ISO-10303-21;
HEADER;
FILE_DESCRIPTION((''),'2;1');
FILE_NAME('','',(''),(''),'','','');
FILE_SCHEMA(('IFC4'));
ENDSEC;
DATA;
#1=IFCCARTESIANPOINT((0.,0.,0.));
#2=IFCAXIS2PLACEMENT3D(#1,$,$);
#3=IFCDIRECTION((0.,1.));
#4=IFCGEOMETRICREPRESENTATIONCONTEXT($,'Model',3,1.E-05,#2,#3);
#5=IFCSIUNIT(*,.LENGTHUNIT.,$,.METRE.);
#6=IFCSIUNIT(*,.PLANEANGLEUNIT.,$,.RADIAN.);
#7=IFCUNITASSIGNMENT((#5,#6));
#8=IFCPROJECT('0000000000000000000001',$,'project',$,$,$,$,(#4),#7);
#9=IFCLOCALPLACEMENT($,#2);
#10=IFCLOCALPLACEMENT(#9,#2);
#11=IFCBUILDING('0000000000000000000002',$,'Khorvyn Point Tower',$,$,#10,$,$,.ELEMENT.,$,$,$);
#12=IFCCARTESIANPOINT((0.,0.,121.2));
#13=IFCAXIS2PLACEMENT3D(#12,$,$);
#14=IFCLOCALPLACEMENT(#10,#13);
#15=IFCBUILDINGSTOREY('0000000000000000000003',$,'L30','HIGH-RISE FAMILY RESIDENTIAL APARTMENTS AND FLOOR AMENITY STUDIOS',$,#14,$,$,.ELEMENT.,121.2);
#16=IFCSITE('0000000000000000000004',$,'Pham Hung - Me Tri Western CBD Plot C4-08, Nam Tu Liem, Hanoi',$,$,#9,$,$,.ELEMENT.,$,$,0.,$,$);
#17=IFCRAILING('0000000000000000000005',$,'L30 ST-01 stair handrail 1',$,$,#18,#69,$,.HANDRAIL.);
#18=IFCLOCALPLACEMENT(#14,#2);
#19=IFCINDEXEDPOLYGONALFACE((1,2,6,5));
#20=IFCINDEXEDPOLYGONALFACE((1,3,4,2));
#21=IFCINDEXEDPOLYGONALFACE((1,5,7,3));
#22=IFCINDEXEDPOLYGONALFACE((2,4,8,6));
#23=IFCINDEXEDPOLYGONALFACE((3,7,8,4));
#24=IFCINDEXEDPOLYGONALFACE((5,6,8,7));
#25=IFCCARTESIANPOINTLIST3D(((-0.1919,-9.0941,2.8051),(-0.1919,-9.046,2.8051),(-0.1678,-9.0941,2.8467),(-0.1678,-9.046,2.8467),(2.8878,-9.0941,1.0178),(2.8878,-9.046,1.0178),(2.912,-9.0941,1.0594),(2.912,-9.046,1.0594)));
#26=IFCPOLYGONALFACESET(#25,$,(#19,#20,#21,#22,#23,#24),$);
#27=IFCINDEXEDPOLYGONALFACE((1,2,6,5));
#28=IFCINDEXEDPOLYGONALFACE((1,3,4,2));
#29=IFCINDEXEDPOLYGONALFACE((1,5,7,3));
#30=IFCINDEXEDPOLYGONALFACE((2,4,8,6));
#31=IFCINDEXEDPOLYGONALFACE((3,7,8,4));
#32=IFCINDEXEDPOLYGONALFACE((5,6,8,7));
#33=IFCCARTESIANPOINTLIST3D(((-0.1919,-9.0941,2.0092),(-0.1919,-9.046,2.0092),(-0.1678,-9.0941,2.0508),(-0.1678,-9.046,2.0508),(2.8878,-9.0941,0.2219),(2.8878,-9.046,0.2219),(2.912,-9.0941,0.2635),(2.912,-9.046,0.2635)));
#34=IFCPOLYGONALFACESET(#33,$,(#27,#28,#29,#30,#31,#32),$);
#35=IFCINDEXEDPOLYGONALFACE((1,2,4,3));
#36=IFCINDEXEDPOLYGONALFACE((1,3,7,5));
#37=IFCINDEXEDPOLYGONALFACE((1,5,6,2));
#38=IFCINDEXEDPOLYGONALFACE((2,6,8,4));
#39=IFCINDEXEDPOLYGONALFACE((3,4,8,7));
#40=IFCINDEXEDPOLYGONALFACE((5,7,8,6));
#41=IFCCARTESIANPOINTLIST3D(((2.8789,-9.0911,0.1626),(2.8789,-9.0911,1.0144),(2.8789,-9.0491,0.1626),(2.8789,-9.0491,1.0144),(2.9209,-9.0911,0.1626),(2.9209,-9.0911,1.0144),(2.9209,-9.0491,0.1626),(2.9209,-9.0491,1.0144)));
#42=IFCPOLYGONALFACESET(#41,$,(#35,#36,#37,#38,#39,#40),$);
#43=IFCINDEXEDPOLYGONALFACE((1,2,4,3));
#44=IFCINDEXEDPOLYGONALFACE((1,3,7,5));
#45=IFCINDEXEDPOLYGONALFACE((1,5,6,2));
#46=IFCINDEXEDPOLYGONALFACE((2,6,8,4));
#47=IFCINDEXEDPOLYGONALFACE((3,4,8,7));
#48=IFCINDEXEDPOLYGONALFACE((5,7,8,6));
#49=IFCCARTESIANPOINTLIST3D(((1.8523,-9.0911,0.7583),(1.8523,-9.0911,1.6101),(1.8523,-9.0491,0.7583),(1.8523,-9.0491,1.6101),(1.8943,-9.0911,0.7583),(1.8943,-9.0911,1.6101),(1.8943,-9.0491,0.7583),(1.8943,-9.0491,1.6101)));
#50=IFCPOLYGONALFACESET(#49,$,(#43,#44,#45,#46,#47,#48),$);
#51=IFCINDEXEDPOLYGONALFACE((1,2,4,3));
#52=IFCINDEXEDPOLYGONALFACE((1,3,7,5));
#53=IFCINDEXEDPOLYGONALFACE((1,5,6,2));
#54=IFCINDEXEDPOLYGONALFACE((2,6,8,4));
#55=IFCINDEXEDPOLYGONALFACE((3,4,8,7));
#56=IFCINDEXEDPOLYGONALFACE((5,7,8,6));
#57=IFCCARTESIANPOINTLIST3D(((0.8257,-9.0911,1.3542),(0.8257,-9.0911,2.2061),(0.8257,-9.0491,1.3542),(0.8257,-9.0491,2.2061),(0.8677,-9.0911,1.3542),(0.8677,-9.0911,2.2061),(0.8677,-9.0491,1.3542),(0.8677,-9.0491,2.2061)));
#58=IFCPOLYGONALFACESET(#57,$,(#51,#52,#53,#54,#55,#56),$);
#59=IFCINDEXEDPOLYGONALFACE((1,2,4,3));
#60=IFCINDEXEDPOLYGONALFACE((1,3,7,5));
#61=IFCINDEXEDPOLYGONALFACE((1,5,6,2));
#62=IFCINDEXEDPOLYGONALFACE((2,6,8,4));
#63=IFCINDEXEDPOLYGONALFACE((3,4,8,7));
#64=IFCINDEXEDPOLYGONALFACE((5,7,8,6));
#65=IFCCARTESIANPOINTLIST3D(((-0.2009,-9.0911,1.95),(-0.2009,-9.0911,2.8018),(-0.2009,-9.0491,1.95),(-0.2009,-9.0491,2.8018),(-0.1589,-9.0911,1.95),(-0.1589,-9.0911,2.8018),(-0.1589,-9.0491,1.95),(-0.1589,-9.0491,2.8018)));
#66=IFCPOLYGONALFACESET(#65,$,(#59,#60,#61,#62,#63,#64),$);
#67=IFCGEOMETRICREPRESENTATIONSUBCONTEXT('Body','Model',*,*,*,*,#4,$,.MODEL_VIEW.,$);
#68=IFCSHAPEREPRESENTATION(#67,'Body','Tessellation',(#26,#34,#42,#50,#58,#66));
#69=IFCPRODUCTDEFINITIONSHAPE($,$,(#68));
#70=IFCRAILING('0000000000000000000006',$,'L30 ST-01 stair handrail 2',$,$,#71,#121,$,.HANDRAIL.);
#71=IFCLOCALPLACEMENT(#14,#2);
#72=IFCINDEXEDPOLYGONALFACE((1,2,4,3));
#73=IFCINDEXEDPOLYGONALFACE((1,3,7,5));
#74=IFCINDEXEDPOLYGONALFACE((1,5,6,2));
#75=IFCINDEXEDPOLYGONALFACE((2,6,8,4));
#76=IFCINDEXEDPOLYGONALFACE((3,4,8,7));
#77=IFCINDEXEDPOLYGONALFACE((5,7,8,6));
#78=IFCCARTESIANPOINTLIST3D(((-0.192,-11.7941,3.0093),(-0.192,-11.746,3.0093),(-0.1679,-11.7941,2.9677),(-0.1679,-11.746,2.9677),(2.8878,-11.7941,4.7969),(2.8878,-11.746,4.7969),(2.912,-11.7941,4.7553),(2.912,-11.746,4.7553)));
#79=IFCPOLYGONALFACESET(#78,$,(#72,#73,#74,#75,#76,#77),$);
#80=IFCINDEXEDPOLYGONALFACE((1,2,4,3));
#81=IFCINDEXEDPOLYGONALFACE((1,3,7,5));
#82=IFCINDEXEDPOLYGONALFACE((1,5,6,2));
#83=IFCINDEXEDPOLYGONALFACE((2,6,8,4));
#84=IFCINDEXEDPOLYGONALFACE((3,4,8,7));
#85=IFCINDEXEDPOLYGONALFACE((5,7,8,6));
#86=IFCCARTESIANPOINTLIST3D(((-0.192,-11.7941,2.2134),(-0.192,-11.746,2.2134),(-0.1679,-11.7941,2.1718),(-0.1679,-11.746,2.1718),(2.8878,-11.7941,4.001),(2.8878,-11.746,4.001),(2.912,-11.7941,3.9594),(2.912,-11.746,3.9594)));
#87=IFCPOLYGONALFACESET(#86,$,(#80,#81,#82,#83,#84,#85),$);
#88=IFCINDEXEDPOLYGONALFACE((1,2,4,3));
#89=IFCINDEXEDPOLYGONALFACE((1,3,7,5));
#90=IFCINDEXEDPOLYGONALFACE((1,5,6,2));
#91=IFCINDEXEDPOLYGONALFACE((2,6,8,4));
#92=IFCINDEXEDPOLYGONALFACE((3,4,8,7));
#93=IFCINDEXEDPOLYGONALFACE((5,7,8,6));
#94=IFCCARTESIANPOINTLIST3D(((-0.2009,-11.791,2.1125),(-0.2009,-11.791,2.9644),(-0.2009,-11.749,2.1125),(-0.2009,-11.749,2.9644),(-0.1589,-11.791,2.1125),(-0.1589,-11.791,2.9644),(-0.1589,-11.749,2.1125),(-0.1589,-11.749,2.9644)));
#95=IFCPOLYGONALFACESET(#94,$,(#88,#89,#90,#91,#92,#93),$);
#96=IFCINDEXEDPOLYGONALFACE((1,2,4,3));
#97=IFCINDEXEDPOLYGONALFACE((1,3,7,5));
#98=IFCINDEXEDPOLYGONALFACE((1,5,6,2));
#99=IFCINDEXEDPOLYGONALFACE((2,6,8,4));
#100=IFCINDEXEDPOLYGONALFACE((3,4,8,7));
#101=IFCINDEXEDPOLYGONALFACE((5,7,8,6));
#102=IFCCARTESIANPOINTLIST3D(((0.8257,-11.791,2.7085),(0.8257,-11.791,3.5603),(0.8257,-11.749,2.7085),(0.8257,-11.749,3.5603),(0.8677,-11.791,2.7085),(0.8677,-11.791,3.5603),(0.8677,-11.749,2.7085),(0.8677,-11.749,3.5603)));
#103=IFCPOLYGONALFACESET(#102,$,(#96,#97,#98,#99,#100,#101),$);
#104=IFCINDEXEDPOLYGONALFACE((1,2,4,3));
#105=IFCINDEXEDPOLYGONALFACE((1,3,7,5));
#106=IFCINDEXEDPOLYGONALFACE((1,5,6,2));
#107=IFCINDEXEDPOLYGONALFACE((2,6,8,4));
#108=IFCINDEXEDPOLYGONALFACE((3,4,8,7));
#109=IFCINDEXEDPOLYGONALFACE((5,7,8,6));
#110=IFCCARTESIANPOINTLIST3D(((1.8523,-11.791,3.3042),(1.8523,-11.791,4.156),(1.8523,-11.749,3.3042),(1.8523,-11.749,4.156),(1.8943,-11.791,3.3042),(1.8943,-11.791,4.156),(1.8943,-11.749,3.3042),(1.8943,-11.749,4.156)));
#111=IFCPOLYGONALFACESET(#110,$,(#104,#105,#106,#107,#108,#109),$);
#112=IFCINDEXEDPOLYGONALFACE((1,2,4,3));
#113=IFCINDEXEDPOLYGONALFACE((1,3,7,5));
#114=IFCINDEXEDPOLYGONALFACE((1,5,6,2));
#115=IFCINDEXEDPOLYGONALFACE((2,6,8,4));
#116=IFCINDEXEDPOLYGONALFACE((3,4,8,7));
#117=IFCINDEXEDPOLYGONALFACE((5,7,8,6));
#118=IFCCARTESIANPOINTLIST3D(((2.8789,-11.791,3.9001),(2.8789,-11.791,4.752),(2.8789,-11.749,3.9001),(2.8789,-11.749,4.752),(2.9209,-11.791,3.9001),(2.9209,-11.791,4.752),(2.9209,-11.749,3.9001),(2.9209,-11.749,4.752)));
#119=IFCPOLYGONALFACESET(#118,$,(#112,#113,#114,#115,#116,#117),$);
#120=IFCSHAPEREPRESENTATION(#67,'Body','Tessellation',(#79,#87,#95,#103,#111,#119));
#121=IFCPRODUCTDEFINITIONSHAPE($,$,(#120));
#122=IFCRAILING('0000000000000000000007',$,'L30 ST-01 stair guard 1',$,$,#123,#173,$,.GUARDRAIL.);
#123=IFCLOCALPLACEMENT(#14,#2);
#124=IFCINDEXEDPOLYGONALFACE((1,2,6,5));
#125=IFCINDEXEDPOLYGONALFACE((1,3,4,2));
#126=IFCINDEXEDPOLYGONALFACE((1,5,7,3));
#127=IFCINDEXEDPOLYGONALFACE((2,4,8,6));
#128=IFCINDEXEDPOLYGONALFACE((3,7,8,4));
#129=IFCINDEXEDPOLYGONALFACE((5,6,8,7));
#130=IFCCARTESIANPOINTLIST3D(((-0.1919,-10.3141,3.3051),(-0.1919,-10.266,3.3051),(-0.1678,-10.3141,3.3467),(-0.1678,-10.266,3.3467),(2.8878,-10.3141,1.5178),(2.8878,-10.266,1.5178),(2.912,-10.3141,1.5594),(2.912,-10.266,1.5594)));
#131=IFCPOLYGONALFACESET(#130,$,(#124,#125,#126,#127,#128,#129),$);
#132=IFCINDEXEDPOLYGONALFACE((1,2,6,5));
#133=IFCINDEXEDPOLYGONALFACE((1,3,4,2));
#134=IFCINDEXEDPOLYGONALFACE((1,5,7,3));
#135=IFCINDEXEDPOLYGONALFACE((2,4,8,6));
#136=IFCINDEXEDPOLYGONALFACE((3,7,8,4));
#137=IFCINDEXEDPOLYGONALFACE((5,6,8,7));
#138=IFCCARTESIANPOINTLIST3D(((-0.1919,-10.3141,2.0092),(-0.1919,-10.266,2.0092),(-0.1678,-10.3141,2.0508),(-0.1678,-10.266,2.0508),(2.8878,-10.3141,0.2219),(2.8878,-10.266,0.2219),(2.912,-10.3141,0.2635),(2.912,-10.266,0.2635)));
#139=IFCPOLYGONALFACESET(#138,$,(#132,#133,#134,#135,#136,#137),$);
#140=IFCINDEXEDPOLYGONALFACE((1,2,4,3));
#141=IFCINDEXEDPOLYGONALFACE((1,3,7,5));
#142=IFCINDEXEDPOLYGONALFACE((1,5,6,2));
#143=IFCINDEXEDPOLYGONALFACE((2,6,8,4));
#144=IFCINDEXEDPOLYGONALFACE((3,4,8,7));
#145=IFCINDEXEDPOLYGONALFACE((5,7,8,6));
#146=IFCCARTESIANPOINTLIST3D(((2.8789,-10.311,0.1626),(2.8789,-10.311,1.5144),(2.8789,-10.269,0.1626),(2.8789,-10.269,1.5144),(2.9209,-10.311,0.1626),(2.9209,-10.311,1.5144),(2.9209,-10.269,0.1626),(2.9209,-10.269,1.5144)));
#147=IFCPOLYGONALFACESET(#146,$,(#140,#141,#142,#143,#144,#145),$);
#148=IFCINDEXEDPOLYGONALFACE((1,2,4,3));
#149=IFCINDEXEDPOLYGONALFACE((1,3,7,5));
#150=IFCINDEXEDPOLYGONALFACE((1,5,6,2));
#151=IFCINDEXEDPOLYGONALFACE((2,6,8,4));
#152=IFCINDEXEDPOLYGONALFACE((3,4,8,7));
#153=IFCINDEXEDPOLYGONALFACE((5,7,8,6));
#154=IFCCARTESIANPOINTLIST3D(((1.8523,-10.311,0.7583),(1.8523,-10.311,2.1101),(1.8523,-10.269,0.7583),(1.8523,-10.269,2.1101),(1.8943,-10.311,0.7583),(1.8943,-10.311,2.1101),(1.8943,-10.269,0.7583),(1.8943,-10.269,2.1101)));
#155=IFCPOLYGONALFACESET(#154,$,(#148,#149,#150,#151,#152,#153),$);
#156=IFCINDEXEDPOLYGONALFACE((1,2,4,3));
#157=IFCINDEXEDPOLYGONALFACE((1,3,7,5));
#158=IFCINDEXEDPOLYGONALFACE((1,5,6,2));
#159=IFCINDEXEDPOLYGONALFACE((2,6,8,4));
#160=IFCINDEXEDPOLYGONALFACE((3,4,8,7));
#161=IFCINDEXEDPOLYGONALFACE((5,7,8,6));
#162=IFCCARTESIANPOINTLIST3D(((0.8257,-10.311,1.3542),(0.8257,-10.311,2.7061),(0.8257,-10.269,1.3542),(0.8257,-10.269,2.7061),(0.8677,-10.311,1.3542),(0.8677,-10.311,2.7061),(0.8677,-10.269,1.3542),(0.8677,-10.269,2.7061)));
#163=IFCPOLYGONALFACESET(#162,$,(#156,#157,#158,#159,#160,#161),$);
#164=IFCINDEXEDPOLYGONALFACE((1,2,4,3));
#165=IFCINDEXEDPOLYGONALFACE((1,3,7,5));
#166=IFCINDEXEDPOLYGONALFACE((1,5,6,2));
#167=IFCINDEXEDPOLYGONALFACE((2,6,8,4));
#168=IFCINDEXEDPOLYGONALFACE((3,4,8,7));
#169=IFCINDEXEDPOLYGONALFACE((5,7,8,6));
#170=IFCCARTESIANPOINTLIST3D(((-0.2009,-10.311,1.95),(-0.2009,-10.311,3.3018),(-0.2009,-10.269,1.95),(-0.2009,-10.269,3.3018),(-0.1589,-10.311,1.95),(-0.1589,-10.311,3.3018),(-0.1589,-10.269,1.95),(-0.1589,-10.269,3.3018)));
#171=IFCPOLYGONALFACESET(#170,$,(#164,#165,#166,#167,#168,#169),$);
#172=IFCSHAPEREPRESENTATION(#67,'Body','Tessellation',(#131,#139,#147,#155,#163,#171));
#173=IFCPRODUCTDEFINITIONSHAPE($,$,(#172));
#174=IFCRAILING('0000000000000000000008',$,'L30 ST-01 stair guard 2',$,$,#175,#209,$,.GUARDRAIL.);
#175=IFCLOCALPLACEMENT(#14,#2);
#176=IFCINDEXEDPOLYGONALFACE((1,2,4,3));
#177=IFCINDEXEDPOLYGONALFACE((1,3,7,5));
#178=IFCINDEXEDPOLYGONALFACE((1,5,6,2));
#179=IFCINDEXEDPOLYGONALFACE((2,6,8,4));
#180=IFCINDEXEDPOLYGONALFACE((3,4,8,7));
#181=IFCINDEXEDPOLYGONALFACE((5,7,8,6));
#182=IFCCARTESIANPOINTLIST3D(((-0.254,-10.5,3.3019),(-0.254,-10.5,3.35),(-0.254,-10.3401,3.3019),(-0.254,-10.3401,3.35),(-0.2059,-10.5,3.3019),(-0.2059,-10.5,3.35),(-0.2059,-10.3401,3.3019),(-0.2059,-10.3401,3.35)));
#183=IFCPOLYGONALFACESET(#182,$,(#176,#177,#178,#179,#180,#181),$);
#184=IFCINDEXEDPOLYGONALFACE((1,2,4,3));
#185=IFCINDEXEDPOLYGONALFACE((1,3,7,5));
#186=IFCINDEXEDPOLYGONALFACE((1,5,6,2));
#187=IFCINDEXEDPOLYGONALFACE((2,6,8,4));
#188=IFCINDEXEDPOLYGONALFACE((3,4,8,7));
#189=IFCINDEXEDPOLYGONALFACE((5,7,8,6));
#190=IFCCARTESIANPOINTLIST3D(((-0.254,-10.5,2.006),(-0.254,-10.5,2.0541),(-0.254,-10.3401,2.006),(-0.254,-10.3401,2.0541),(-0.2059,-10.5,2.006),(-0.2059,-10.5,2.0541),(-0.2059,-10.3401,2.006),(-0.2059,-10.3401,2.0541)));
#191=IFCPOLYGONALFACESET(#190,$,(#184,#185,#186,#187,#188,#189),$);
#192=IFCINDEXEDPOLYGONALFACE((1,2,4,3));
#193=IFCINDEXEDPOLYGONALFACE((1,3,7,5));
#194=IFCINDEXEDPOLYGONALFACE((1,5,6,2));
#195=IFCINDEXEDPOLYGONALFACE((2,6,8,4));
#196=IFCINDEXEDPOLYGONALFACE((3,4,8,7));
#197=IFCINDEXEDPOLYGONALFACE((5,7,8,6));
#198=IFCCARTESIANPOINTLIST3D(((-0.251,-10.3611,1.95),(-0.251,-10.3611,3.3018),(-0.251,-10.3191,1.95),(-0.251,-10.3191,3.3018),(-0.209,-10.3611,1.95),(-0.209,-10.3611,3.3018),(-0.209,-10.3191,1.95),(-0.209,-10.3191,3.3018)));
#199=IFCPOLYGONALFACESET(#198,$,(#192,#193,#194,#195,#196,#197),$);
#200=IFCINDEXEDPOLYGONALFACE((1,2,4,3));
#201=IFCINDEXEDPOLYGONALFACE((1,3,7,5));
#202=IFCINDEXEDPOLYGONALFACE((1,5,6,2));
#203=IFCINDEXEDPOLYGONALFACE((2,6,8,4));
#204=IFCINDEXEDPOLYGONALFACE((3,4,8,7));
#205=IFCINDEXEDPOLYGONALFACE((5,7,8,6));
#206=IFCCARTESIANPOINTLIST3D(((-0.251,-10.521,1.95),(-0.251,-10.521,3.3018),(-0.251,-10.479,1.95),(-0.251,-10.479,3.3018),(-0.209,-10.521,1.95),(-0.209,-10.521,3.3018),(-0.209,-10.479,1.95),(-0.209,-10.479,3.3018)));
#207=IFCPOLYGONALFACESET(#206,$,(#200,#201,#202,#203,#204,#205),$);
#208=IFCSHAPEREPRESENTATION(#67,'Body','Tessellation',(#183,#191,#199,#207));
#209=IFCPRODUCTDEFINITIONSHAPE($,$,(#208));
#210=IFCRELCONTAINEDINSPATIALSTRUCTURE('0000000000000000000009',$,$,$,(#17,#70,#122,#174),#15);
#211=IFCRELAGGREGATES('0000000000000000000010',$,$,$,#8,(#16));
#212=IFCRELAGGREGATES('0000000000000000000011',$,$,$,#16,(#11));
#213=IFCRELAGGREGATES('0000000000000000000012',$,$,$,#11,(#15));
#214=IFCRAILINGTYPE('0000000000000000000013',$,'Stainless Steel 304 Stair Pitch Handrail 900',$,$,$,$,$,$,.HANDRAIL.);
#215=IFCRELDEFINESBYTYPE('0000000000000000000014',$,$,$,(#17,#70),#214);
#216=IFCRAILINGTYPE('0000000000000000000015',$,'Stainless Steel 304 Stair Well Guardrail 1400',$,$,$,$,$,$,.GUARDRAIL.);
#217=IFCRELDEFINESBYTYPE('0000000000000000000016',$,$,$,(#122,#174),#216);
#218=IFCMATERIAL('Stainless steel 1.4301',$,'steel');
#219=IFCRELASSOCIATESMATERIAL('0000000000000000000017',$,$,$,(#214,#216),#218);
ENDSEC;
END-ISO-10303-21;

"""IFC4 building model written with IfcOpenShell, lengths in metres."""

from ifc_helpers import new_model, si_unit, direction, frame, origin, origin_2d, place, context, subcontext, project, spatial, rectangle, extrude, material, type_object, element, save


model = new_model("IFC4")

# Units and contexts
model_context = context("Model", 3, precision=1e-05, world=origin(), true_north=direction((0.0, 1.0)))
body_context = subcontext(model_context, "Body", "Model", "MODEL_VIEW")
ifc_project = project(units=[si_unit("LENGTHUNIT", "METRE"), si_unit("PLANEANGLEUNIT", "RADIAN")], contexts=[model_context])

# Site, building, storey
site_placement = place(None, origin())
site = spatial("IfcSite", under=ifc_project, at=site_placement, Name="Pham Hung - Me Tri Western CBD Plot C4-08, Nam Tu Liem, Hanoi", CompositionType="ELEMENT", RefElevation=0.0)
building_placement = place(site_placement, origin())
building = spatial("IfcBuilding", under=site, at=building_placement, Name="Khorvyn Point Tower", CompositionType="ELEMENT")
storey_placement = place(building_placement, frame((0.0, 0.0, 121.2)))
storey = spatial("IfcBuildingStorey", under=building, at=storey_placement, Name="L30", Description="HIGH-RISE FAMILY RESIDENTIAL APARTMENTS AND FLOOR AMENITY STUDIOS", CompositionType="ELEMENT", Elevation=121.2)

# Railings
ifc_material_1 = material(Name="Stainless steel 1.4301", Category="steel")
railing_type_1 = type_object("IfcRailingType", Name="Stainless Steel 304 Stair Pitch Handrail 900", PredefinedType="HANDRAIL", material=ifc_material_1)
railing_1_placement = place(storey_placement, frame((2.8999, -9.0701, 0.1626)))
element("IfcRailing", 1, at=railing_1_placement, inside=storey, type_object=railing_type_1, Name="L30 ST-01 stair handrail 1", PredefinedType="HANDRAIL", context=body_context, shape_type="SweptSolid", body=[
    extrude(rectangle(XDim=0.0481, YDim=0.0481, at=origin_2d()), frame((0.0, 0.0, 0.876), z_axis=(-0.864903, 0.0, 0.501939), x_axis=(0.0, -1.0, 0.0)), (0.0, 0.0, 1.0), 3.5608),
    extrude(rectangle(XDim=0.0481, YDim=0.0481, at=origin_2d()), frame((0.0, 0.0, 0.0801), z_axis=(-0.864903, 0.0, 0.501939), x_axis=(0.0, -1.0, 0.0)), (0.0, 0.0, 1.0), 3.5608),
    extrude(rectangle(XDim=0.042, YDim=0.042, at=origin_2d()), origin(), (0.0, 0.0, 1.0), 0.8518),
    extrude(rectangle(XDim=0.042, YDim=0.042, at=origin_2d()), frame((-1.0266, 0.0, 0.5957)), (0.0, 0.0, 1.0), 0.8518),
    extrude(rectangle(XDim=0.042, YDim=0.042, at=origin_2d()), frame((-2.0532, 0.0, 1.1917)), (0.0, 0.0, 1.0), 0.8518),
    extrude(rectangle(XDim=0.042, YDim=0.042, at=origin_2d()), frame((-3.0798, 0.0, 1.7874)), (0.0, 0.0, 1.0), 0.8518),
])
railing_2_placement = place(storey_placement, frame((-0.1799, -11.77, 2.1125)))
element("IfcRailing", 2, at=railing_2_placement, inside=storey, type_object=railing_type_1, Name="L30 ST-01 stair handrail 2", PredefinedType="HANDRAIL", context=body_context, shape_type="SweptSolid", body=[
    extrude(rectangle(XDim=0.0481, YDim=0.0481, at=origin_2d()), frame((0.0, 0.0, 0.876), z_axis=(0.864873, 0.0, 0.50199), x_axis=(0.0, 1.0, 0.0)), (0.0, 0.0, 1.0), 3.561),
    extrude(rectangle(XDim=0.0481, YDim=0.0481, at=origin_2d()), frame((0.0, 0.0, 0.0801), z_axis=(0.864873, 0.0, 0.50199), x_axis=(0.0, 1.0, 0.0)), (0.0, 0.0, 1.0), 3.561),
    extrude(rectangle(XDim=0.042, YDim=0.042, at=origin_2d()), origin(), (0.0, 0.0, 1.0), 0.8518),
    extrude(rectangle(XDim=0.042, YDim=0.042, at=origin_2d()), frame((1.0266, 0.0, 0.5959)), (0.0, 0.0, 1.0), 0.8518),
    extrude(rectangle(XDim=0.042, YDim=0.042, at=origin_2d()), frame((2.0532, 0.0, 1.1917)), (0.0, 0.0, 1.0), 0.8518),
    extrude(rectangle(XDim=0.042, YDim=0.042, at=origin_2d()), frame((3.0798, 0.0, 1.7876)), (0.0, 0.0, 1.0), 0.8518),
])
railing_type_2 = type_object("IfcRailingType", Name="Stainless Steel 304 Stair Well Guardrail 1400", PredefinedType="GUARDRAIL", material=ifc_material_1)
railing_3_placement = place(storey_placement, frame((2.8999, -10.29, 0.1626)))
element("IfcRailing", 3, at=railing_3_placement, inside=storey, type_object=railing_type_2, Name="L30 ST-01 stair guard 1", PredefinedType="GUARDRAIL", context=body_context, shape_type="SweptSolid", body=[
    extrude(rectangle(XDim=0.0481, YDim=0.0481, at=origin_2d()), frame((0.0, 0.0, 1.376), z_axis=(-0.864903, 0.0, 0.501939), x_axis=(0.0, -1.0, 0.0)), (0.0, 0.0, 1.0), 3.5608),
    extrude(rectangle(XDim=0.0481, YDim=0.0481, at=origin_2d()), frame((0.0, 0.0, 0.0801), z_axis=(-0.864903, 0.0, 0.501939), x_axis=(0.0, -1.0, 0.0)), (0.0, 0.0, 1.0), 3.5608),
    extrude(rectangle(XDim=0.042, YDim=0.042, at=origin_2d()), origin(), (0.0, 0.0, 1.0), 1.3518),
    extrude(rectangle(XDim=0.042, YDim=0.042, at=origin_2d()), frame((-1.0266, 0.0, 0.5957)), (0.0, 0.0, 1.0), 1.3518),
    extrude(rectangle(XDim=0.042, YDim=0.042, at=origin_2d()), frame((-2.0532, 0.0, 1.1917)), (0.0, 0.0, 1.0), 1.3518),
    extrude(rectangle(XDim=0.042, YDim=0.042, at=origin_2d()), frame((-3.0798, 0.0, 1.7874)), (0.0, 0.0, 1.0), 1.3518),
])
railing_4_placement = place(storey_placement, frame((-0.23, -10.3401, 1.95)))
element("IfcRailing", 4, at=railing_4_placement, inside=storey, type_object=railing_type_2, Name="L30 ST-01 stair guard 2", PredefinedType="GUARDRAIL", context=body_context, shape_type="SweptSolid", body=[
    extrude(rectangle(XDim=0.0481, YDim=0.0481, at=origin_2d()), frame((0.0, 0.0, 1.376), z_axis=(0.0, -1.0, 0.0), x_axis=(1.0, 0.0, 0.0)), (0.0, 0.0, 1.0), 0.1599),
    extrude(rectangle(XDim=0.0481, YDim=0.0481, at=origin_2d()), frame((0.0, 0.0, 0.0801), z_axis=(0.0, -1.0, 0.0), x_axis=(1.0, 0.0, 0.0)), (0.0, 0.0, 1.0), 0.1599),
    extrude(rectangle(XDim=0.042, YDim=0.042, at=origin_2d()), origin(), (0.0, 0.0, 1.0), 1.3518),
    extrude(rectangle(XDim=0.042, YDim=0.042, at=origin_2d()), frame((0.0, -0.1599, 0.0)), (0.0, 0.0, 1.0), 1.3518),
])

save(model, "model.ifc")
